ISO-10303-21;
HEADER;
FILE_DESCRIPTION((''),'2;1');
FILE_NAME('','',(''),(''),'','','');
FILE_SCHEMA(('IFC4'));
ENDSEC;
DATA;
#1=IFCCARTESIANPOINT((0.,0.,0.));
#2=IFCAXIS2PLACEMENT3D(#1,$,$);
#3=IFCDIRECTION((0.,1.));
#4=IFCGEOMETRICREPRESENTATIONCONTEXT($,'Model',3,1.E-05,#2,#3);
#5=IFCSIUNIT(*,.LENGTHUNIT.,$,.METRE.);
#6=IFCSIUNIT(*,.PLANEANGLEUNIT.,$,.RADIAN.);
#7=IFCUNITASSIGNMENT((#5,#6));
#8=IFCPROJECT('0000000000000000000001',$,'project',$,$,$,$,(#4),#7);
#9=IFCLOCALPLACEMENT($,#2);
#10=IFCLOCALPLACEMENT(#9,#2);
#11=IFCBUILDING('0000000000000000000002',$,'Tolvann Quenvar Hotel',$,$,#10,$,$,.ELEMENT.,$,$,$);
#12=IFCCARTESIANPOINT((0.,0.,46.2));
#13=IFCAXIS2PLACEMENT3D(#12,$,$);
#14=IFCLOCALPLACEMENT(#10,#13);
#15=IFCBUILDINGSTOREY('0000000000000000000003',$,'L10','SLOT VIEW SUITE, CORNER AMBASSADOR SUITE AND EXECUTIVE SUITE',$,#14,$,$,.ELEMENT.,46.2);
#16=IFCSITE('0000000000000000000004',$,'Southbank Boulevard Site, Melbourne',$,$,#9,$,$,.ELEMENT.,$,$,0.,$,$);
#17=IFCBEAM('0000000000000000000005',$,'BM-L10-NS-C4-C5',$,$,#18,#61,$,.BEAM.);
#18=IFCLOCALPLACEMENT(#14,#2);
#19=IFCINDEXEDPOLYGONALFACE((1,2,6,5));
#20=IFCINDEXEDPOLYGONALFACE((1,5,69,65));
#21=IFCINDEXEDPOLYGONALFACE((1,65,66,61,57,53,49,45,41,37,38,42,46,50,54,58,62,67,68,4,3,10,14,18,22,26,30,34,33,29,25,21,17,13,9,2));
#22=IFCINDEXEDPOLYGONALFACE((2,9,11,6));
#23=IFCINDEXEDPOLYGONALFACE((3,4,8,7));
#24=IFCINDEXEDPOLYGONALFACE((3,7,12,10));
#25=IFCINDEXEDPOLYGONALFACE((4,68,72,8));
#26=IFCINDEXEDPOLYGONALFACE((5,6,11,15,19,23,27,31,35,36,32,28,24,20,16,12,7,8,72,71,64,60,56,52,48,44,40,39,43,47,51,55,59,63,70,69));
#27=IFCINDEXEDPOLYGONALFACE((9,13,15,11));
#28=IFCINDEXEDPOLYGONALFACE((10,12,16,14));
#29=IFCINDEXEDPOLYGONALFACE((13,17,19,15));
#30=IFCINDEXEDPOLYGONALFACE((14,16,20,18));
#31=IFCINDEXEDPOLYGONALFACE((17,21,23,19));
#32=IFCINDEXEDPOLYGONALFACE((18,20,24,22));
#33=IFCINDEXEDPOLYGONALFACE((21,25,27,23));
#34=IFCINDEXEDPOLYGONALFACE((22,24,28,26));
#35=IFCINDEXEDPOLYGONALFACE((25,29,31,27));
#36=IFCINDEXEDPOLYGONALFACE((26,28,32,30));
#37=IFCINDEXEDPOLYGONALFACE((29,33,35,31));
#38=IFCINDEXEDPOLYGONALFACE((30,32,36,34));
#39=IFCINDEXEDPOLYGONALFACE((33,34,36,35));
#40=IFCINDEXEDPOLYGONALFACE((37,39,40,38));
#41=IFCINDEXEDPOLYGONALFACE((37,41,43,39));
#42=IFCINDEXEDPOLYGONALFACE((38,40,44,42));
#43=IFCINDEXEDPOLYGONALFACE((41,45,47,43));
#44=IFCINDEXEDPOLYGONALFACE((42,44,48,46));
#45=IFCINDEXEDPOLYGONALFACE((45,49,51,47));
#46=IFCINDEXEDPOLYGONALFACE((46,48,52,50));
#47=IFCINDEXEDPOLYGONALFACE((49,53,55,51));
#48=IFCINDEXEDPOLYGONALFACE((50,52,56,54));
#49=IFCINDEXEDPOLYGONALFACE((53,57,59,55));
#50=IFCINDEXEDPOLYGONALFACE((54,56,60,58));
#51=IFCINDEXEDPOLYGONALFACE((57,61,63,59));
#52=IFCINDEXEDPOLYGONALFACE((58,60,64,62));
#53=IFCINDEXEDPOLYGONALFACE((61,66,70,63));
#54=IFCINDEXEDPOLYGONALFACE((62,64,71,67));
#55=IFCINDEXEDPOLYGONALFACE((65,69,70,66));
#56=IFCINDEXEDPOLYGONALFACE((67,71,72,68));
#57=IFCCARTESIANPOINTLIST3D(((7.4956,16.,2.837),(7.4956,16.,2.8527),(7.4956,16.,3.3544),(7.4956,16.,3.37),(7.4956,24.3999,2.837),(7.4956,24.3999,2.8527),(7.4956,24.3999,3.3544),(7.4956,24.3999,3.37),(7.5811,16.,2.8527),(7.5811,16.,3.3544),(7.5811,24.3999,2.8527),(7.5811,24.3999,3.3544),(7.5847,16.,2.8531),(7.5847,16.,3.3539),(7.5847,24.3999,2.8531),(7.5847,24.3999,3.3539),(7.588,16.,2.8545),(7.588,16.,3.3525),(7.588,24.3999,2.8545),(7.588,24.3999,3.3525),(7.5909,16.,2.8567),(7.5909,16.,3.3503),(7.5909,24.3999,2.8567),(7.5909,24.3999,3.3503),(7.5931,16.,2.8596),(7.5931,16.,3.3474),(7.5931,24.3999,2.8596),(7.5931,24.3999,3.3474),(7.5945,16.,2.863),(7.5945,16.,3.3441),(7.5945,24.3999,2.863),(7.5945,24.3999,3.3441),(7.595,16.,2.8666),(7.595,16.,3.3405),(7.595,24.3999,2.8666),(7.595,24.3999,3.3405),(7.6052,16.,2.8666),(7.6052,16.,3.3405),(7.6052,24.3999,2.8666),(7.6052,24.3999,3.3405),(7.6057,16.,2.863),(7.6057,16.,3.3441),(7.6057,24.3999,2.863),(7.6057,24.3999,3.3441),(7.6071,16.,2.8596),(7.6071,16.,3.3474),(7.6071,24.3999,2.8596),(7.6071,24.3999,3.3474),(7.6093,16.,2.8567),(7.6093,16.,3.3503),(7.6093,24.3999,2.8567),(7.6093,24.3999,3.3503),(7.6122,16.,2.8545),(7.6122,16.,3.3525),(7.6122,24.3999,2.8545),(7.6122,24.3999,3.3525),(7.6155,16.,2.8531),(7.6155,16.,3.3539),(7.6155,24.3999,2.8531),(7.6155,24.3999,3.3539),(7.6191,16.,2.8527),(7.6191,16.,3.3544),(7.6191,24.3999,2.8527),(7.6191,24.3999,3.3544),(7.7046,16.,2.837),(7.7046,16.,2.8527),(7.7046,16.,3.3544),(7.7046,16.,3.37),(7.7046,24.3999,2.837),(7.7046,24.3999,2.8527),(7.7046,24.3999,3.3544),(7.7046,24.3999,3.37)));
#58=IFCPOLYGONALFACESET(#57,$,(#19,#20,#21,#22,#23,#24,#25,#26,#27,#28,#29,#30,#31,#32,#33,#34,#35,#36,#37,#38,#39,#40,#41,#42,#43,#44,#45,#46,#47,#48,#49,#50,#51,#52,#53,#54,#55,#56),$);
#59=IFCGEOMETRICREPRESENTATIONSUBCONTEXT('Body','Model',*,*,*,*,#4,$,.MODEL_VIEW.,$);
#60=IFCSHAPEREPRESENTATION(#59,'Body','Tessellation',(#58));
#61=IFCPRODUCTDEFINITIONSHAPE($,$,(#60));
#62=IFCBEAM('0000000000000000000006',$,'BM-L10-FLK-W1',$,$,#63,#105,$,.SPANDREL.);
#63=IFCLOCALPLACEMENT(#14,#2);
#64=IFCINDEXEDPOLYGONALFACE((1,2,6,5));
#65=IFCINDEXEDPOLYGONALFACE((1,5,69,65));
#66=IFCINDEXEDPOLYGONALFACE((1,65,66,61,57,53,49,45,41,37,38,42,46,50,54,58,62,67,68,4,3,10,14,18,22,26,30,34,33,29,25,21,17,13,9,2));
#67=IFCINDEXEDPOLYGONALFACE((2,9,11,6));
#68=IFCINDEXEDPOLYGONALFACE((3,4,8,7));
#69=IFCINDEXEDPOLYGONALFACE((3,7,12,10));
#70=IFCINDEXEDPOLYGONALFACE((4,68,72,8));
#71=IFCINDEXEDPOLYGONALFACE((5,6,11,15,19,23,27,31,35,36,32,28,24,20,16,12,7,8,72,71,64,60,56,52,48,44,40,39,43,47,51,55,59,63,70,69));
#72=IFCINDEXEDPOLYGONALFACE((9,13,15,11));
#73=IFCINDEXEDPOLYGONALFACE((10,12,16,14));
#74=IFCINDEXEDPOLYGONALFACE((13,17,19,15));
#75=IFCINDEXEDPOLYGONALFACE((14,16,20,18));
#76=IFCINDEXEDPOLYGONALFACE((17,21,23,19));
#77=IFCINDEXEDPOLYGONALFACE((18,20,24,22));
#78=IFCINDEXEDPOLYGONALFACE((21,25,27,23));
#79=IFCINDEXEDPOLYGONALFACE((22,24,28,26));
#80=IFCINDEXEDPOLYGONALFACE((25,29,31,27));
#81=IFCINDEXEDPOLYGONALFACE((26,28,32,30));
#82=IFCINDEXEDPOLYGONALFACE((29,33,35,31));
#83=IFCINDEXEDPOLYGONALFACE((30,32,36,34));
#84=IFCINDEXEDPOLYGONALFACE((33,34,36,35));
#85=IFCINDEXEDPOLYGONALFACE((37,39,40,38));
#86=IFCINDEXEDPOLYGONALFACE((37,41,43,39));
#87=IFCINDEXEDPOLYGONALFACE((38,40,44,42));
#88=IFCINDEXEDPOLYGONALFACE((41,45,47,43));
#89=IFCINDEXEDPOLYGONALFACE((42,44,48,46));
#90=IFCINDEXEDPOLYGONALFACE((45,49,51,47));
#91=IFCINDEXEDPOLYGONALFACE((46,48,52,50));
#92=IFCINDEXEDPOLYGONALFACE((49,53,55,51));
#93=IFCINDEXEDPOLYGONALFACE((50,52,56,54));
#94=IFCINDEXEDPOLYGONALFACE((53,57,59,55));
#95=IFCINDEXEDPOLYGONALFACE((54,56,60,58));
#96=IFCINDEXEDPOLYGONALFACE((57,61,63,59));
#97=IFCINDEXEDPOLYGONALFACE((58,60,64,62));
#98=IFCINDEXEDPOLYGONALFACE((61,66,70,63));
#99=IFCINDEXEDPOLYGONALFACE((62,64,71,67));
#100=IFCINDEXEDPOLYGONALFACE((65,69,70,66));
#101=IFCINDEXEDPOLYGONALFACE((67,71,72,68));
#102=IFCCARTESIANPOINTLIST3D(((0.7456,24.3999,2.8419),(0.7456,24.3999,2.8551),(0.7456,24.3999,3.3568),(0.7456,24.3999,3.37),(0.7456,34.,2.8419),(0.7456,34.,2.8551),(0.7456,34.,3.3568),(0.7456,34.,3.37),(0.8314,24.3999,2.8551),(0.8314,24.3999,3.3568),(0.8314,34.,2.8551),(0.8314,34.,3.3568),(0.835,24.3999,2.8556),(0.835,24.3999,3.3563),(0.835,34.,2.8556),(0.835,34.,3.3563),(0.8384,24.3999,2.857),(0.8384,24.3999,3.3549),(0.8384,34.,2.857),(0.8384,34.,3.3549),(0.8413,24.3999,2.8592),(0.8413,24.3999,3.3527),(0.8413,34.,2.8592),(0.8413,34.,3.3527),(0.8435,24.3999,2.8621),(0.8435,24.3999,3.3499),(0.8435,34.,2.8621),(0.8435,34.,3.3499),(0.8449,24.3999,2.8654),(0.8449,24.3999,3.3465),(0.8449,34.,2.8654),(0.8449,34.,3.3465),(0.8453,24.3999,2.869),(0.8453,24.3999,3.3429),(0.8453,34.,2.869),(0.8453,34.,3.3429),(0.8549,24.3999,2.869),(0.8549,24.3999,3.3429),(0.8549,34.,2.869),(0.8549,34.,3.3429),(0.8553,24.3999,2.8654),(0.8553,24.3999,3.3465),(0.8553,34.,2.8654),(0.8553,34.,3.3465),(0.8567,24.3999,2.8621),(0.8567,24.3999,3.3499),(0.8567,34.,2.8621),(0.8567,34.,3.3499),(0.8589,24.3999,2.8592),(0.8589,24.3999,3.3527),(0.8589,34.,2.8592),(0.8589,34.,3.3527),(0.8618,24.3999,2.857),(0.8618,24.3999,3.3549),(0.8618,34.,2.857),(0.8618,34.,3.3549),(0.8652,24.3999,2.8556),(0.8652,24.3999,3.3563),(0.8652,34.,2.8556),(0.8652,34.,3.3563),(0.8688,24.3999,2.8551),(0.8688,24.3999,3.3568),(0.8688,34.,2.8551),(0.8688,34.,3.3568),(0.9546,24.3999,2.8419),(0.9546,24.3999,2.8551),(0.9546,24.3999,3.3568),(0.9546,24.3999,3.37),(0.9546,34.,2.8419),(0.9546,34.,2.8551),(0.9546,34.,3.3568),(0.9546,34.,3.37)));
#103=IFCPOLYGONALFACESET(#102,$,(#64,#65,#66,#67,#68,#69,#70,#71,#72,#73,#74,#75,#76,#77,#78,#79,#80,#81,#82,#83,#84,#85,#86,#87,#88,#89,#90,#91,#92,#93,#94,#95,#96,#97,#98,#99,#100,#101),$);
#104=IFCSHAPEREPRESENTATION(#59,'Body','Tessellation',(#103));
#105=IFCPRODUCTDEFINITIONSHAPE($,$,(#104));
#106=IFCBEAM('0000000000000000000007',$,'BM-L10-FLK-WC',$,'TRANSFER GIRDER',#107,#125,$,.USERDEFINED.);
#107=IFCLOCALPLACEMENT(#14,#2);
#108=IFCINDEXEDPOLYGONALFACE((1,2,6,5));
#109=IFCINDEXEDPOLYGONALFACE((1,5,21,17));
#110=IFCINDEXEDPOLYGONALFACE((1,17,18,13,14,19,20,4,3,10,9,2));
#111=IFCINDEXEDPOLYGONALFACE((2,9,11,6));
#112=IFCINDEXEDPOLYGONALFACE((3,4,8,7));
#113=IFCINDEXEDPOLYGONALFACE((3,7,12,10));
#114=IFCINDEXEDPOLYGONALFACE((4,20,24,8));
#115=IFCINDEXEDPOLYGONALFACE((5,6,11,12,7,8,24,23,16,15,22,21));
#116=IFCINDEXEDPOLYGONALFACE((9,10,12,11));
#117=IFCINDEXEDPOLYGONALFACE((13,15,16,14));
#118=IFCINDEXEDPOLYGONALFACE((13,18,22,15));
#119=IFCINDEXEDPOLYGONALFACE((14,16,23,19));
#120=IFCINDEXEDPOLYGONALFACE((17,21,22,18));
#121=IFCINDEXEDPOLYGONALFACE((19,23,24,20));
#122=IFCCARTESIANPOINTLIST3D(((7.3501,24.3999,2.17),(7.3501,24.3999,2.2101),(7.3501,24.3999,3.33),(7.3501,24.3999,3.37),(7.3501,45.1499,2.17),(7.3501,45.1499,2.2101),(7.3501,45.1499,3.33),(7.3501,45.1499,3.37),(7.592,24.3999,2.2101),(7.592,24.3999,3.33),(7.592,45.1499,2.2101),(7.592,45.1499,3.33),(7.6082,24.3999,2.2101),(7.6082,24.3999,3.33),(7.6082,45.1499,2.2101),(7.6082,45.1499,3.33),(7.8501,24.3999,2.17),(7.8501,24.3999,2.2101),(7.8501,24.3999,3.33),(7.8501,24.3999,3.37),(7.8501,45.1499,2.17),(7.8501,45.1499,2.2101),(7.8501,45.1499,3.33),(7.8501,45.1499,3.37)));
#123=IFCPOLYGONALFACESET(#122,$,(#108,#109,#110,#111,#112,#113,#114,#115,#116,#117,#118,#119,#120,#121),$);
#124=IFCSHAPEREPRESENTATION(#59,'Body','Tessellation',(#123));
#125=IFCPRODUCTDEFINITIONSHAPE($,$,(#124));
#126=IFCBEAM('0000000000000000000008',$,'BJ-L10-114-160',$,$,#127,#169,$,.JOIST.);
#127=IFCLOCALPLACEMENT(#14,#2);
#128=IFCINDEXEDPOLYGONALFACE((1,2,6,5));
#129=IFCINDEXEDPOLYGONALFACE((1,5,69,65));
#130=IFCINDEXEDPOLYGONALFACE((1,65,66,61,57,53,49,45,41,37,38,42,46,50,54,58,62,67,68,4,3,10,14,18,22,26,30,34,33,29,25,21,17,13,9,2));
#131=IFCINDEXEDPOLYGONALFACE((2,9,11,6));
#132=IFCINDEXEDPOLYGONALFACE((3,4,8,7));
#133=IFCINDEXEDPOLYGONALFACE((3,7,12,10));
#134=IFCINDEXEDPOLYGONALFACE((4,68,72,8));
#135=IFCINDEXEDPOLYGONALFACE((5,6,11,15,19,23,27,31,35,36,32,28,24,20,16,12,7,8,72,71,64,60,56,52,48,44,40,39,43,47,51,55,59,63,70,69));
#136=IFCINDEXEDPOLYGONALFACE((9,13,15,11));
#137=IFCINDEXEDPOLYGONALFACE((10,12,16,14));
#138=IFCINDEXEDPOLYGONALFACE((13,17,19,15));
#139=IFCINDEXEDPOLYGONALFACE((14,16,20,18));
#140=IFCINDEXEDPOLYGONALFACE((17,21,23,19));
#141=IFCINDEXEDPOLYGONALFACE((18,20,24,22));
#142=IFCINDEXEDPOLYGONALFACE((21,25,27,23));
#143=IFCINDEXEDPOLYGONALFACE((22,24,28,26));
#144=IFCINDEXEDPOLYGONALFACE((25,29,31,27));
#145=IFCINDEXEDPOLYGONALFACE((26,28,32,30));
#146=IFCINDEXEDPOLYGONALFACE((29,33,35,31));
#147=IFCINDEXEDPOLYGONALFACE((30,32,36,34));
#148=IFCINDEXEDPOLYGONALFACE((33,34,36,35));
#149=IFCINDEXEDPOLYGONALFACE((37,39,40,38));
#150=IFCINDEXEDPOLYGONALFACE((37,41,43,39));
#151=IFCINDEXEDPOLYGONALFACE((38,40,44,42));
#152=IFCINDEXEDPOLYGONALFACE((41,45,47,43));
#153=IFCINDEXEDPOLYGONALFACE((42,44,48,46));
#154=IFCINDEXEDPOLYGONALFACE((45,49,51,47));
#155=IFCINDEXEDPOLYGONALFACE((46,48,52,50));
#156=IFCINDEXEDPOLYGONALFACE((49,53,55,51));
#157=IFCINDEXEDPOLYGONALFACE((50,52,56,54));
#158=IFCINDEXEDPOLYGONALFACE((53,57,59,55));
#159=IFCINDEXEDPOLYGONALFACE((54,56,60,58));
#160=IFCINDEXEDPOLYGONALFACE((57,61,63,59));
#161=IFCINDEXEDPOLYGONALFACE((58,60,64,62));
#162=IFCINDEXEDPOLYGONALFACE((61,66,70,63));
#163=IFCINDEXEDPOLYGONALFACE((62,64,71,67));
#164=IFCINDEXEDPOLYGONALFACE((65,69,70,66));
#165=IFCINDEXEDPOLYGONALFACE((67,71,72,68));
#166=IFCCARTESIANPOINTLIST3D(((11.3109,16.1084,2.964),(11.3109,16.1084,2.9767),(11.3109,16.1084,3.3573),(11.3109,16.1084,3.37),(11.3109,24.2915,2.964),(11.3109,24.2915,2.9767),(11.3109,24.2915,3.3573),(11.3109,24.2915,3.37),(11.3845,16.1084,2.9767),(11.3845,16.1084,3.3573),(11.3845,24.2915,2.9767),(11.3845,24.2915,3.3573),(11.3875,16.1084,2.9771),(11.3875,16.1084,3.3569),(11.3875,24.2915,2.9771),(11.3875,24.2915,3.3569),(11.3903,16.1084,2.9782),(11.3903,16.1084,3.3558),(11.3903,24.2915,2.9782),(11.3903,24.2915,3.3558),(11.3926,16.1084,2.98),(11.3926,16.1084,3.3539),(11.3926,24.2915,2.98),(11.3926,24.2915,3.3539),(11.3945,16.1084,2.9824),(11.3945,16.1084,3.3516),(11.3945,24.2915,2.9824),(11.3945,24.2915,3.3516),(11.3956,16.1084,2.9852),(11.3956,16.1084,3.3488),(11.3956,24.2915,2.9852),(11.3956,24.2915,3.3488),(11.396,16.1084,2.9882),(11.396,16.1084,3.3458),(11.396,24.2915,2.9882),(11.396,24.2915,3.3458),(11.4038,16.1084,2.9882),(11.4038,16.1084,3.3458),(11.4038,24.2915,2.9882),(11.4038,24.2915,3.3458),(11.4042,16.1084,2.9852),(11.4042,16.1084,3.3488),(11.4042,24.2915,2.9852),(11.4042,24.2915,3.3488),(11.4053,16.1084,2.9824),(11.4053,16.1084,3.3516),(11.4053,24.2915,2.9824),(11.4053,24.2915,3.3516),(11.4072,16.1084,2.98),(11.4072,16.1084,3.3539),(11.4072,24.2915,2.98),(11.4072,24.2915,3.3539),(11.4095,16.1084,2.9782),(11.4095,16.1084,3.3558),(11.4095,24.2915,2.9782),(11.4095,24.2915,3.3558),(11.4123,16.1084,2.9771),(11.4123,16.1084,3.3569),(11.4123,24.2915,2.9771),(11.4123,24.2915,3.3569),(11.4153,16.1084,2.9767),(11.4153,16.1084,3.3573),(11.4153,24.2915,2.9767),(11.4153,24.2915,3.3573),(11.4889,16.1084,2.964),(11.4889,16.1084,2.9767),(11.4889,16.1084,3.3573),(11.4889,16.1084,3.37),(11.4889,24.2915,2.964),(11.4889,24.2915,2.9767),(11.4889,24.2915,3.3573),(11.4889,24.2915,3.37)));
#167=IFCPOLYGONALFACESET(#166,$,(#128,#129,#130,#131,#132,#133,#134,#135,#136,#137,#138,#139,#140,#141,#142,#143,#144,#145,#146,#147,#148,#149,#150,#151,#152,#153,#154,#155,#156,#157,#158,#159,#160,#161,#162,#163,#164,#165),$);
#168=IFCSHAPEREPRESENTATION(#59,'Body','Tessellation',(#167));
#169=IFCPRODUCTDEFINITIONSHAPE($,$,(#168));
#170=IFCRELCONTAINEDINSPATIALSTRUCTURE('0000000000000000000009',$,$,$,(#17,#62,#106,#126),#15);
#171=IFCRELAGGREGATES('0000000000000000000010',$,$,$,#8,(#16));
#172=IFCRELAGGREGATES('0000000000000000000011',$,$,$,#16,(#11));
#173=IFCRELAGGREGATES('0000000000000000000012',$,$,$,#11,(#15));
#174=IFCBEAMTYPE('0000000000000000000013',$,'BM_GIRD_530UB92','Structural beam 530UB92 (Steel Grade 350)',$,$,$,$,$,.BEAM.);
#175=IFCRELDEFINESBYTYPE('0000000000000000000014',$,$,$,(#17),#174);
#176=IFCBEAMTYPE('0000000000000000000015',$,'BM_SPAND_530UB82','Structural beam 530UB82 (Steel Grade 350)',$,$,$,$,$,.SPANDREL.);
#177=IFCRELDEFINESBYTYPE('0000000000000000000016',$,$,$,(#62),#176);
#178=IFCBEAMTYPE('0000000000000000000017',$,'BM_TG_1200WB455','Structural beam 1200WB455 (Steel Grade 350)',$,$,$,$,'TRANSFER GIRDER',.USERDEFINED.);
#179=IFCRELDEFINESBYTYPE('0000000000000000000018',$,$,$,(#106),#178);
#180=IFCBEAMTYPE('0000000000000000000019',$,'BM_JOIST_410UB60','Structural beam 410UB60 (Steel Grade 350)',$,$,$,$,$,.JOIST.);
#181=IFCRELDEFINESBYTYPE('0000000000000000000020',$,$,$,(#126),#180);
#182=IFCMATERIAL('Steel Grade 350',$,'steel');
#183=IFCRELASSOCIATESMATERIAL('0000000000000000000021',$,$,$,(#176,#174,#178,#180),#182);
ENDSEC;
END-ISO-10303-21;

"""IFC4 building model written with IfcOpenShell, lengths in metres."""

from ifc_helpers import new_model, si_unit, direction, frame, origin, origin_2d, place, context, subcontext, project, spatial, i_section, extrude, source, transform, mapped, material, material_profile, profile_set, type_object, type_shapes, element, save


model = new_model("IFC4")

# Units and contexts
model_context = context("Model", 3, precision=1e-05, world=origin(), true_north=direction((0.0, 1.0)))
body_context = subcontext(model_context, "Body", "Model", "MODEL_VIEW")
ifc_project = project(units=[si_unit("LENGTHUNIT", "METRE"), si_unit("PLANEANGLEUNIT", "RADIAN")], contexts=[model_context])

# Site, building, storey
site_placement = place(None, origin())
site = spatial("IfcSite", under=ifc_project, at=site_placement, Name="Southbank Boulevard Site, Melbourne", CompositionType="ELEMENT", RefElevation=0.0)
building_placement = place(site_placement, origin())
building = spatial("IfcBuilding", under=site, at=building_placement, Name="Tolvann Quenvar Hotel", CompositionType="ELEMENT")
storey_placement = place(building_placement, frame((0.0, 0.0, 46.2)))
storey = spatial("IfcBuildingStorey", under=building, at=storey_placement, Name="L10", Description="SLOT VIEW SUITE, CORNER AMBASSADOR SUITE AND EXECUTIVE SUITE", CompositionType="ELEMENT", Elevation=46.2)

# Shared definitions
ifc_material_1 = material(Name="Steel Grade 350", Category="steel")

# Beams
ifc_material_profile_1 = material_profile(ifc_material_1, i_section(OverallWidth=0.209, OverallDepth=0.5281, WebThickness=0.0095, FlangeThickness=0.0132, FilletRadius=0.0139, at=origin_2d()), Name="530UB82")
ifc_profile_set_1 = profile_set([ifc_material_profile_1], Name="Steel Grade 350")
beam_type_1 = type_object("IfcBeamType", Name="BM_SPAND_530UB82", Description="Structural beam 530UB82 (Steel Grade 350)", PredefinedType="SPANDREL", material=ifc_profile_set_1)
ifc_material_profile_2 = material_profile(ifc_material_1, i_section(OverallWidth=0.209, OverallDepth=0.533, WebThickness=0.0103, FlangeThickness=0.0156, FilletRadius=0.0139, at=origin_2d()), Name="530UB92")
ifc_profile_set_2 = profile_set([ifc_material_profile_2], Name="Steel Grade 350")
beam_type_2 = type_object("IfcBeamType", Name="BM_GIRD_530UB92", Description="Structural beam 530UB92 (Steel Grade 350)", PredefinedType="BEAM", material=ifc_profile_set_2)
shared_shape_1 = source(origin(), body_context, "Body", "SweptSolid", [
    extrude(i_section(OverallWidth=0.209, OverallDepth=0.533, WebThickness=0.0103, FlangeThickness=0.0156, FilletRadius=0.0139, at=origin_2d()), origin(), (0.0, 0.0, 1.0), 8.3999),
])
type_shapes(beam_type_2, [shared_shape_1])
beam_1_placement = place(storey_placement, frame((7.6001, 16.0, 3.1035), z_axis=(0.0, 1.0, 0.0), x_axis=(-1.0, 0.0, 0.0)))
element("IfcBeam", 1, at=beam_1_placement, inside=storey, type_object=beam_type_2, Name="BM-L10-NS-C4-C5", PredefinedType="BEAM", context=body_context, shape_type="MappedRepresentation", body=[
    mapped(shared_shape_1, transform((0.0, 0.0, 0.0), x_axis=(1.0, 0.0, 0.0), y_axis=(0.0, 1.0, 0.0), z_axis=(0.0, 0.0, 1.0), scale=1.0)),
])
shared_shape_2 = source(origin(), body_context, "Body", "SweptSolid", [
    extrude(i_section(OverallWidth=0.209, OverallDepth=0.5281, WebThickness=0.0095, FlangeThickness=0.0132, FilletRadius=0.0139, at=origin_2d()), origin(), (0.0, 0.0, 1.0), 9.6001),
])
beam_2_placement = place(storey_placement, frame((0.8501, 24.3999, 3.106), z_axis=(0.0, 1.0, 0.0), x_axis=(-1.0, 0.0, 0.0)))
element("IfcBeam", 2, at=beam_2_placement, inside=storey, type_object=beam_type_1, Name="BM-L10-FLK-W1", PredefinedType="SPANDREL", context=body_context, shape_type="MappedRepresentation", body=[
    mapped(shared_shape_2, transform((0.0, 0.0, 0.0), x_axis=(1.0, 0.0, 0.0), y_axis=(0.0, 1.0, 0.0), z_axis=(0.0, 0.0, 1.0), scale=1.0)),
])
ifc_material_profile_3 = material_profile(ifc_material_1, i_section(OverallWidth=0.5, OverallDepth=1.2, WebThickness=0.0161, FlangeThickness=0.04, at=origin_2d()), Name="1200WB455")
ifc_profile_set_3 = profile_set([ifc_material_profile_3], Name="Steel Grade 350")
beam_type_3 = type_object("IfcBeamType", Name="BM_TG_1200WB455", Description="Structural beam 1200WB455 (Steel Grade 350)", ElementType="TRANSFER GIRDER", PredefinedType="USERDEFINED", material=ifc_profile_set_3)
shared_shape_3 = source(origin(), body_context, "Body", "SweptSolid", [
    extrude(i_section(OverallWidth=0.5, OverallDepth=1.2, WebThickness=0.0161, FlangeThickness=0.04, at=origin_2d()), origin(), (0.0, 0.0, 1.0), 20.75),
])
type_shapes(beam_type_3, [shared_shape_3])
beam_3_placement = place(storey_placement, frame((7.6001, 24.3999, 2.77), z_axis=(0.0, 1.0, 0.0), x_axis=(-1.0, 0.0, 0.0)))
element("IfcBeam", 3, at=beam_3_placement, inside=storey, type_object=beam_type_3, Name="BM-L10-FLK-WC", ObjectType="TRANSFER GIRDER", PredefinedType="USERDEFINED", context=body_context, shape_type="MappedRepresentation", body=[
    mapped(shared_shape_3, transform((0.0, 0.0, 0.0), x_axis=(1.0, 0.0, 0.0), y_axis=(0.0, 1.0, 0.0), z_axis=(0.0, 0.0, 1.0), scale=1.0)),
])
ifc_material_profile_4 = material_profile(ifc_material_1, i_section(OverallWidth=0.178, OverallDepth=0.406, WebThickness=0.0078, FlangeThickness=0.0127, FilletRadius=0.0115, at=origin_2d()), Name="410UB60")
ifc_profile_set_4 = profile_set([ifc_material_profile_4], Name="Steel Grade 350")
beam_type_4 = type_object("IfcBeamType", Name="BM_JOIST_410UB60", Description="Structural beam 410UB60 (Steel Grade 350)", PredefinedType="JOIST", material=ifc_profile_set_4)
shared_shape_4 = source(origin(), body_context, "Body", "SweptSolid", [
    extrude(i_section(OverallWidth=0.178, OverallDepth=0.406, WebThickness=0.0078, FlangeThickness=0.0127, FilletRadius=0.0115, at=origin_2d()), origin(), (0.0, 0.0, 1.0), 8.1831),
])
type_shapes(beam_type_4, [shared_shape_4])
beam_4_placement = place(storey_placement, frame((11.3999, 16.1084, 3.167), z_axis=(0.0, 1.0, 0.0), x_axis=(-1.0, 0.0, 0.0)))
element("IfcBeam", 4, at=beam_4_placement, inside=storey, type_object=beam_type_4, Name="BJ-L10-114-160", PredefinedType="JOIST", context=body_context, shape_type="MappedRepresentation", body=[
    mapped(shared_shape_4, transform((0.0, 0.0, 0.0), x_axis=(1.0, 0.0, 0.0), y_axis=(0.0, 1.0, 0.0), z_axis=(0.0, 0.0, 1.0), scale=1.0)),
])

save(model, "model.ifc")
